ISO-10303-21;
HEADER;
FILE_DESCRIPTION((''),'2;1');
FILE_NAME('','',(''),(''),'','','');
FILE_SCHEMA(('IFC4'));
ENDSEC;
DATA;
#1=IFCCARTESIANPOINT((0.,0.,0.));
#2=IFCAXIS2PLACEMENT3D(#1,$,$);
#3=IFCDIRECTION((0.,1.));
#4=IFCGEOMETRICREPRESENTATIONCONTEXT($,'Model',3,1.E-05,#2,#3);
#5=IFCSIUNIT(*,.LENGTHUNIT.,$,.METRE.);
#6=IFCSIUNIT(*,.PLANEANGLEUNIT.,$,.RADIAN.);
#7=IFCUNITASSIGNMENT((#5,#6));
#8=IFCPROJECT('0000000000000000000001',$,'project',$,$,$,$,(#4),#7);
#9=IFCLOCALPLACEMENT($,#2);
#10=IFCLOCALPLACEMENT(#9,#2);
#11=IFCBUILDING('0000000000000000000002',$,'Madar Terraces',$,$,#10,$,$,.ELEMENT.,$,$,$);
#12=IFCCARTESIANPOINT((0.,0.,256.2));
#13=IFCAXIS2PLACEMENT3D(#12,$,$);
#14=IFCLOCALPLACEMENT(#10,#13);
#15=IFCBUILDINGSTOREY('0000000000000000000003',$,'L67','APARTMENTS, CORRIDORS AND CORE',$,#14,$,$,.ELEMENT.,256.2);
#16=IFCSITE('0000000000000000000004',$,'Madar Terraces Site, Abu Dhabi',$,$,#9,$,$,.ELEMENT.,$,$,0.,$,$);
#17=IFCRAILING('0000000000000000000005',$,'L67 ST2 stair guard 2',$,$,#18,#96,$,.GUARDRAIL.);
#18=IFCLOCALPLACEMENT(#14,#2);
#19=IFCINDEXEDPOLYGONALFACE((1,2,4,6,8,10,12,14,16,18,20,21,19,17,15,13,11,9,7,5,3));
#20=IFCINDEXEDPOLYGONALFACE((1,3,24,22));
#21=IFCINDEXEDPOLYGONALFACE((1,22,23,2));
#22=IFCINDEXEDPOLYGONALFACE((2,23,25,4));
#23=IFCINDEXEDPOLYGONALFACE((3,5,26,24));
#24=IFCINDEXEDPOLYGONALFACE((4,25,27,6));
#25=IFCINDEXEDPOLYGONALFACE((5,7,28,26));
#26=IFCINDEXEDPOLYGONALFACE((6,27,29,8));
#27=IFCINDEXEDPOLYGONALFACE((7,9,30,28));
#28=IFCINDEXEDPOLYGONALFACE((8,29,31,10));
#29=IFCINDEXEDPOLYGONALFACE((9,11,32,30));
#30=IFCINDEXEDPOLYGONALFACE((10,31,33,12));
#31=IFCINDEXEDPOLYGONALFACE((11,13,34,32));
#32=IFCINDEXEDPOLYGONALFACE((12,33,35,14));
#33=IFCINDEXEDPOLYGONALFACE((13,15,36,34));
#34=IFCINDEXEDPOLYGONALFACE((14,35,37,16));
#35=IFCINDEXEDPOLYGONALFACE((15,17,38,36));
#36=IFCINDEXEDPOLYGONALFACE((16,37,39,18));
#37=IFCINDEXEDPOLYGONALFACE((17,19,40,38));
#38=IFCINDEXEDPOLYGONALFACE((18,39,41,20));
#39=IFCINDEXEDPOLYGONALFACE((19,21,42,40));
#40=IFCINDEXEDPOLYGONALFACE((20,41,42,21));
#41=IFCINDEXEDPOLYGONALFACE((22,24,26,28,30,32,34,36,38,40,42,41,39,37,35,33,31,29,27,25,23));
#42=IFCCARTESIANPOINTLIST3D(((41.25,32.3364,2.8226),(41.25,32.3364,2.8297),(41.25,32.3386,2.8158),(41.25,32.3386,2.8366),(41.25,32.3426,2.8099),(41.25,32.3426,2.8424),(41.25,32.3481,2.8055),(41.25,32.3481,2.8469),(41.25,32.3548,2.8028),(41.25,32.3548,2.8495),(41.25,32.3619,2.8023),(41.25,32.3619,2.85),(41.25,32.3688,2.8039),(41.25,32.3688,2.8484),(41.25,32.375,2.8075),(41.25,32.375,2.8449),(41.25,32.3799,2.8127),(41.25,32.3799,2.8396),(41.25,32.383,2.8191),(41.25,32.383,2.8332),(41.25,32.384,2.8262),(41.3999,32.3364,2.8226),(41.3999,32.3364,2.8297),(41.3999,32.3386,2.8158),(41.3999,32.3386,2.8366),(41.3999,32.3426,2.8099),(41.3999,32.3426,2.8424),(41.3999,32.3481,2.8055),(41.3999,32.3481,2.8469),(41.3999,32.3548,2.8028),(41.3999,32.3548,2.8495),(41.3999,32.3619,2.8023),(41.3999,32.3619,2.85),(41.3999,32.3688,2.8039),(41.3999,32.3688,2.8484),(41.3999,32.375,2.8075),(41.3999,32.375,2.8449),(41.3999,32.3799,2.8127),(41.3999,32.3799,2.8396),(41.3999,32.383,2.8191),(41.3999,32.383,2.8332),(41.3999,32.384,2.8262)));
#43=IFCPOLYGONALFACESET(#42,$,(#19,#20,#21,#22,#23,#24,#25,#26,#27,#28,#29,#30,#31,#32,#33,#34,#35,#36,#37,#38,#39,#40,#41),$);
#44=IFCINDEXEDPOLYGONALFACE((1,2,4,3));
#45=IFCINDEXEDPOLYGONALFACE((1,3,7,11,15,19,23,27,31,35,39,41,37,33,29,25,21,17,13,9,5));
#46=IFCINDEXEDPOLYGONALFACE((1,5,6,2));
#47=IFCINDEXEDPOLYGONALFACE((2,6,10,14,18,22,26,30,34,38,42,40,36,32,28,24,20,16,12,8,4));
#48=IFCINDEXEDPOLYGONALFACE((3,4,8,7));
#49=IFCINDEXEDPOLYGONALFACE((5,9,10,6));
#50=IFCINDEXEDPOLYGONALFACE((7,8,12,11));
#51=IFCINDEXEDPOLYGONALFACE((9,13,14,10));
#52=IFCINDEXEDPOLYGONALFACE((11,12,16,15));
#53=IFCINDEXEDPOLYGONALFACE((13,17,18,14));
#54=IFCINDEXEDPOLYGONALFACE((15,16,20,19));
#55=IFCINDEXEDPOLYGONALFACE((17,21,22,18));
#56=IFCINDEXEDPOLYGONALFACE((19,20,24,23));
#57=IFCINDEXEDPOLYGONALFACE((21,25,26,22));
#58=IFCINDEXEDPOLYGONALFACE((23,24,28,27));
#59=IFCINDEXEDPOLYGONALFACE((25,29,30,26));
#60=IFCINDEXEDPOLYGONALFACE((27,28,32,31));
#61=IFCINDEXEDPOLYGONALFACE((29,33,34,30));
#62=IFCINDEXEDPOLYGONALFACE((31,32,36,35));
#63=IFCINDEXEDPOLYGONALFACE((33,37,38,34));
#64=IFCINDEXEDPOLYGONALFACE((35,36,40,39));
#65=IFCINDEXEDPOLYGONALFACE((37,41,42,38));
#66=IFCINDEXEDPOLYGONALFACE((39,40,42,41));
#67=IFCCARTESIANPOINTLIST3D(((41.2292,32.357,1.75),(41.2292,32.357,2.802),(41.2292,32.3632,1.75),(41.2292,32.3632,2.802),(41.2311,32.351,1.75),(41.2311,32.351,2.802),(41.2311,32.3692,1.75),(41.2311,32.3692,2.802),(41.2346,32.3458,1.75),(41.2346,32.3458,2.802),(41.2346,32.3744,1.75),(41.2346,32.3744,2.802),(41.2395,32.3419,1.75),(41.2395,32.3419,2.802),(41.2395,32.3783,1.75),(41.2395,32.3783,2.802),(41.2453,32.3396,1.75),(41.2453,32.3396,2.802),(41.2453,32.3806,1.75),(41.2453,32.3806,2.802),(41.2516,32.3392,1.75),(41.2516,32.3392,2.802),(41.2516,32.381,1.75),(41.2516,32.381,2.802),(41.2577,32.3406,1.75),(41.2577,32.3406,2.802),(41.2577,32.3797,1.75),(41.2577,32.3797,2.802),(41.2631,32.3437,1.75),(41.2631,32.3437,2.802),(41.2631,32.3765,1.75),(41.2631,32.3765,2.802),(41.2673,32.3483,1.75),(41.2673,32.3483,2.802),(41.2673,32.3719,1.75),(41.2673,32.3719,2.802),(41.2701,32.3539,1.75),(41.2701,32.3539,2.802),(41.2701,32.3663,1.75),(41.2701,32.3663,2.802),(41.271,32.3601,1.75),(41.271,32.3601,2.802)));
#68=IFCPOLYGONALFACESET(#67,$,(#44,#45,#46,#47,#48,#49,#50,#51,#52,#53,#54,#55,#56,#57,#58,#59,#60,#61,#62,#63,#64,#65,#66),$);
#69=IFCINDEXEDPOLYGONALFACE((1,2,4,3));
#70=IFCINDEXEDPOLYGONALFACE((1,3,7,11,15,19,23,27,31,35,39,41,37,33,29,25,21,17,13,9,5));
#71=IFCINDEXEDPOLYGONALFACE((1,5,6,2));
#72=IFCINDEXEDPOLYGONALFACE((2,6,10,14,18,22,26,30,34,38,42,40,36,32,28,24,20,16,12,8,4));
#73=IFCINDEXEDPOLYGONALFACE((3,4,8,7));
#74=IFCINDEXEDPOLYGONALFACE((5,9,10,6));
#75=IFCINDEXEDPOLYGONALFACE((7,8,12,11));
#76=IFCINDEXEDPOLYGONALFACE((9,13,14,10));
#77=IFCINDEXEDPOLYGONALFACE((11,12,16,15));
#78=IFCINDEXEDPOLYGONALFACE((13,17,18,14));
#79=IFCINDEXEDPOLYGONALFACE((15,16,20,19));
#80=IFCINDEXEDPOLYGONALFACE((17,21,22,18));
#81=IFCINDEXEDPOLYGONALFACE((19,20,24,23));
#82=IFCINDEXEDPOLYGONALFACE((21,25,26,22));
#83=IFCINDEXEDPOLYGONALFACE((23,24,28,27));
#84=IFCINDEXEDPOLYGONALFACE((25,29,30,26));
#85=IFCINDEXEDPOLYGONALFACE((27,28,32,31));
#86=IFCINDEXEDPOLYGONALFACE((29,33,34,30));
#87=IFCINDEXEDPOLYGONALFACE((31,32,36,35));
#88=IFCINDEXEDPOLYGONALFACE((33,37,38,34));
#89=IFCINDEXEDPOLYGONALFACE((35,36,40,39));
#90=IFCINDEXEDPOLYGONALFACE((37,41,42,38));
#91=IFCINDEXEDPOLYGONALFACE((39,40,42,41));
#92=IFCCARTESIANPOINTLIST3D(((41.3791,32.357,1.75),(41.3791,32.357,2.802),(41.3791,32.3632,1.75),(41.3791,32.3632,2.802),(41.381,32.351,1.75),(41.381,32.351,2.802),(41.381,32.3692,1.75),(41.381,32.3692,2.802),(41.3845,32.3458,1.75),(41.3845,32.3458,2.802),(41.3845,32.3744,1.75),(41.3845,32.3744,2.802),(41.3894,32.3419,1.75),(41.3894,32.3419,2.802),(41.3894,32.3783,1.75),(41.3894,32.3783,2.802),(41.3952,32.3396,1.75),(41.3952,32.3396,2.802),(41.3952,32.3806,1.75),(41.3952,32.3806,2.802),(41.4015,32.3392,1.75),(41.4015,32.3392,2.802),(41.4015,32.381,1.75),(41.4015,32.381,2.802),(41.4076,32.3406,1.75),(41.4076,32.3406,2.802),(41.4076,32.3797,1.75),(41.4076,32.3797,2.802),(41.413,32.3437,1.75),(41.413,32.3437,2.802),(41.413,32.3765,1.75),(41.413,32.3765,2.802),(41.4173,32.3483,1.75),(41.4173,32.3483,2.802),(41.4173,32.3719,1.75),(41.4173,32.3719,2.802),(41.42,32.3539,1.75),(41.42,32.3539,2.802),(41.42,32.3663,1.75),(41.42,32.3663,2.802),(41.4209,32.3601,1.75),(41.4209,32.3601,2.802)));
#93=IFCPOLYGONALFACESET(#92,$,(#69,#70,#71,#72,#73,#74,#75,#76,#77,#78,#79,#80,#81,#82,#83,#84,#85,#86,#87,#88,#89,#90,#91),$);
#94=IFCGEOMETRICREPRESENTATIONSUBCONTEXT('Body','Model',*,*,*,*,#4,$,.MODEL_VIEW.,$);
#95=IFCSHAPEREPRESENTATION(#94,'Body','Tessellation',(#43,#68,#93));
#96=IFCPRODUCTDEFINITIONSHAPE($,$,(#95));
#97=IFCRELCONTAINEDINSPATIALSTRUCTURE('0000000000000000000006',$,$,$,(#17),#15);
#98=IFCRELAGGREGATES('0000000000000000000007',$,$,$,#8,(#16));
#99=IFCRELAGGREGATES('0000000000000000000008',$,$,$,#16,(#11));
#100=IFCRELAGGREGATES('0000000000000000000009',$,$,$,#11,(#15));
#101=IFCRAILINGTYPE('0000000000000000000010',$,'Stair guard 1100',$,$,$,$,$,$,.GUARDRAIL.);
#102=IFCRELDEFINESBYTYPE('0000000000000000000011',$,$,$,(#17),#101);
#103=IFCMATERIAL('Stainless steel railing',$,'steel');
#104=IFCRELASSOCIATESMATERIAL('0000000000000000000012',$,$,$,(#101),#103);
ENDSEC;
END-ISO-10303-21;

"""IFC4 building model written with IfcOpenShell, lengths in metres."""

from ifc_helpers import new_model, si_unit, direction, frame, origin, origin_2d, place, context, subcontext, project, spatial, circle, extrude, material, type_object, element, save


model = new_model("IFC4")

# Units and contexts
model_context = context("Model", 3, precision=1e-05, world=origin(), true_north=direction((0.0, 1.0)))
body_context = subcontext(model_context, "Body", "Model", "MODEL_VIEW")
ifc_project = project(units=[si_unit("LENGTHUNIT", "METRE"), si_unit("PLANEANGLEUNIT", "RADIAN")], contexts=[model_context])

# Site, building, storey
site_placement = place(None, origin())
site = spatial("IfcSite", under=ifc_project, at=site_placement, Name="Madar Terraces Site, Abu Dhabi", CompositionType="ELEMENT", RefElevation=0.0)
building_placement = place(site_placement, origin())
building = spatial("IfcBuilding", under=site, at=building_placement, Name="Madar Terraces", CompositionType="ELEMENT")
storey_placement = place(building_placement, frame((0.0, 0.0, 256.2)))
storey = spatial("IfcBuildingStorey", under=building, at=storey_placement, Name="L67", Description="APARTMENTS, CORRIDORS AND CORE", CompositionType="ELEMENT", Elevation=256.2)

# Railing
ifc_material_1 = material(Name="Stainless steel railing", Category="steel")
railing_type_1 = type_object("IfcRailingType", Name="Stair guard 1100", PredefinedType="GUARDRAIL", material=ifc_material_1)
railing_1_placement = place(storey_placement, frame((41.25, 32.3601, 1.75)))
element("IfcRailing", 1, at=railing_1_placement, inside=storey, type_object=railing_type_1, Name="L67 ST2 stair guard 2", PredefinedType="GUARDRAIL", context=body_context, shape_type="SweptSolid", body=[
    extrude(circle(Radius=0.0239, at=origin_2d()), frame((0.0, 0.0, 1.0762), z_axis=(1.0, 0.0, 0.0), x_axis=(0.0, 1.0, 0.0)), (0.0, 0.0, 1.0), 0.1499),
    extrude(circle(Radius=0.021, at=origin_2d()), origin(), (0.0, 0.0, 1.0), 1.052),
    extrude(circle(Radius=0.021, at=origin_2d()), frame((0.1499, 0.0, 0.0)), (0.0, 0.0, 1.0), 1.052),
])

save(model, "model.ifc")
